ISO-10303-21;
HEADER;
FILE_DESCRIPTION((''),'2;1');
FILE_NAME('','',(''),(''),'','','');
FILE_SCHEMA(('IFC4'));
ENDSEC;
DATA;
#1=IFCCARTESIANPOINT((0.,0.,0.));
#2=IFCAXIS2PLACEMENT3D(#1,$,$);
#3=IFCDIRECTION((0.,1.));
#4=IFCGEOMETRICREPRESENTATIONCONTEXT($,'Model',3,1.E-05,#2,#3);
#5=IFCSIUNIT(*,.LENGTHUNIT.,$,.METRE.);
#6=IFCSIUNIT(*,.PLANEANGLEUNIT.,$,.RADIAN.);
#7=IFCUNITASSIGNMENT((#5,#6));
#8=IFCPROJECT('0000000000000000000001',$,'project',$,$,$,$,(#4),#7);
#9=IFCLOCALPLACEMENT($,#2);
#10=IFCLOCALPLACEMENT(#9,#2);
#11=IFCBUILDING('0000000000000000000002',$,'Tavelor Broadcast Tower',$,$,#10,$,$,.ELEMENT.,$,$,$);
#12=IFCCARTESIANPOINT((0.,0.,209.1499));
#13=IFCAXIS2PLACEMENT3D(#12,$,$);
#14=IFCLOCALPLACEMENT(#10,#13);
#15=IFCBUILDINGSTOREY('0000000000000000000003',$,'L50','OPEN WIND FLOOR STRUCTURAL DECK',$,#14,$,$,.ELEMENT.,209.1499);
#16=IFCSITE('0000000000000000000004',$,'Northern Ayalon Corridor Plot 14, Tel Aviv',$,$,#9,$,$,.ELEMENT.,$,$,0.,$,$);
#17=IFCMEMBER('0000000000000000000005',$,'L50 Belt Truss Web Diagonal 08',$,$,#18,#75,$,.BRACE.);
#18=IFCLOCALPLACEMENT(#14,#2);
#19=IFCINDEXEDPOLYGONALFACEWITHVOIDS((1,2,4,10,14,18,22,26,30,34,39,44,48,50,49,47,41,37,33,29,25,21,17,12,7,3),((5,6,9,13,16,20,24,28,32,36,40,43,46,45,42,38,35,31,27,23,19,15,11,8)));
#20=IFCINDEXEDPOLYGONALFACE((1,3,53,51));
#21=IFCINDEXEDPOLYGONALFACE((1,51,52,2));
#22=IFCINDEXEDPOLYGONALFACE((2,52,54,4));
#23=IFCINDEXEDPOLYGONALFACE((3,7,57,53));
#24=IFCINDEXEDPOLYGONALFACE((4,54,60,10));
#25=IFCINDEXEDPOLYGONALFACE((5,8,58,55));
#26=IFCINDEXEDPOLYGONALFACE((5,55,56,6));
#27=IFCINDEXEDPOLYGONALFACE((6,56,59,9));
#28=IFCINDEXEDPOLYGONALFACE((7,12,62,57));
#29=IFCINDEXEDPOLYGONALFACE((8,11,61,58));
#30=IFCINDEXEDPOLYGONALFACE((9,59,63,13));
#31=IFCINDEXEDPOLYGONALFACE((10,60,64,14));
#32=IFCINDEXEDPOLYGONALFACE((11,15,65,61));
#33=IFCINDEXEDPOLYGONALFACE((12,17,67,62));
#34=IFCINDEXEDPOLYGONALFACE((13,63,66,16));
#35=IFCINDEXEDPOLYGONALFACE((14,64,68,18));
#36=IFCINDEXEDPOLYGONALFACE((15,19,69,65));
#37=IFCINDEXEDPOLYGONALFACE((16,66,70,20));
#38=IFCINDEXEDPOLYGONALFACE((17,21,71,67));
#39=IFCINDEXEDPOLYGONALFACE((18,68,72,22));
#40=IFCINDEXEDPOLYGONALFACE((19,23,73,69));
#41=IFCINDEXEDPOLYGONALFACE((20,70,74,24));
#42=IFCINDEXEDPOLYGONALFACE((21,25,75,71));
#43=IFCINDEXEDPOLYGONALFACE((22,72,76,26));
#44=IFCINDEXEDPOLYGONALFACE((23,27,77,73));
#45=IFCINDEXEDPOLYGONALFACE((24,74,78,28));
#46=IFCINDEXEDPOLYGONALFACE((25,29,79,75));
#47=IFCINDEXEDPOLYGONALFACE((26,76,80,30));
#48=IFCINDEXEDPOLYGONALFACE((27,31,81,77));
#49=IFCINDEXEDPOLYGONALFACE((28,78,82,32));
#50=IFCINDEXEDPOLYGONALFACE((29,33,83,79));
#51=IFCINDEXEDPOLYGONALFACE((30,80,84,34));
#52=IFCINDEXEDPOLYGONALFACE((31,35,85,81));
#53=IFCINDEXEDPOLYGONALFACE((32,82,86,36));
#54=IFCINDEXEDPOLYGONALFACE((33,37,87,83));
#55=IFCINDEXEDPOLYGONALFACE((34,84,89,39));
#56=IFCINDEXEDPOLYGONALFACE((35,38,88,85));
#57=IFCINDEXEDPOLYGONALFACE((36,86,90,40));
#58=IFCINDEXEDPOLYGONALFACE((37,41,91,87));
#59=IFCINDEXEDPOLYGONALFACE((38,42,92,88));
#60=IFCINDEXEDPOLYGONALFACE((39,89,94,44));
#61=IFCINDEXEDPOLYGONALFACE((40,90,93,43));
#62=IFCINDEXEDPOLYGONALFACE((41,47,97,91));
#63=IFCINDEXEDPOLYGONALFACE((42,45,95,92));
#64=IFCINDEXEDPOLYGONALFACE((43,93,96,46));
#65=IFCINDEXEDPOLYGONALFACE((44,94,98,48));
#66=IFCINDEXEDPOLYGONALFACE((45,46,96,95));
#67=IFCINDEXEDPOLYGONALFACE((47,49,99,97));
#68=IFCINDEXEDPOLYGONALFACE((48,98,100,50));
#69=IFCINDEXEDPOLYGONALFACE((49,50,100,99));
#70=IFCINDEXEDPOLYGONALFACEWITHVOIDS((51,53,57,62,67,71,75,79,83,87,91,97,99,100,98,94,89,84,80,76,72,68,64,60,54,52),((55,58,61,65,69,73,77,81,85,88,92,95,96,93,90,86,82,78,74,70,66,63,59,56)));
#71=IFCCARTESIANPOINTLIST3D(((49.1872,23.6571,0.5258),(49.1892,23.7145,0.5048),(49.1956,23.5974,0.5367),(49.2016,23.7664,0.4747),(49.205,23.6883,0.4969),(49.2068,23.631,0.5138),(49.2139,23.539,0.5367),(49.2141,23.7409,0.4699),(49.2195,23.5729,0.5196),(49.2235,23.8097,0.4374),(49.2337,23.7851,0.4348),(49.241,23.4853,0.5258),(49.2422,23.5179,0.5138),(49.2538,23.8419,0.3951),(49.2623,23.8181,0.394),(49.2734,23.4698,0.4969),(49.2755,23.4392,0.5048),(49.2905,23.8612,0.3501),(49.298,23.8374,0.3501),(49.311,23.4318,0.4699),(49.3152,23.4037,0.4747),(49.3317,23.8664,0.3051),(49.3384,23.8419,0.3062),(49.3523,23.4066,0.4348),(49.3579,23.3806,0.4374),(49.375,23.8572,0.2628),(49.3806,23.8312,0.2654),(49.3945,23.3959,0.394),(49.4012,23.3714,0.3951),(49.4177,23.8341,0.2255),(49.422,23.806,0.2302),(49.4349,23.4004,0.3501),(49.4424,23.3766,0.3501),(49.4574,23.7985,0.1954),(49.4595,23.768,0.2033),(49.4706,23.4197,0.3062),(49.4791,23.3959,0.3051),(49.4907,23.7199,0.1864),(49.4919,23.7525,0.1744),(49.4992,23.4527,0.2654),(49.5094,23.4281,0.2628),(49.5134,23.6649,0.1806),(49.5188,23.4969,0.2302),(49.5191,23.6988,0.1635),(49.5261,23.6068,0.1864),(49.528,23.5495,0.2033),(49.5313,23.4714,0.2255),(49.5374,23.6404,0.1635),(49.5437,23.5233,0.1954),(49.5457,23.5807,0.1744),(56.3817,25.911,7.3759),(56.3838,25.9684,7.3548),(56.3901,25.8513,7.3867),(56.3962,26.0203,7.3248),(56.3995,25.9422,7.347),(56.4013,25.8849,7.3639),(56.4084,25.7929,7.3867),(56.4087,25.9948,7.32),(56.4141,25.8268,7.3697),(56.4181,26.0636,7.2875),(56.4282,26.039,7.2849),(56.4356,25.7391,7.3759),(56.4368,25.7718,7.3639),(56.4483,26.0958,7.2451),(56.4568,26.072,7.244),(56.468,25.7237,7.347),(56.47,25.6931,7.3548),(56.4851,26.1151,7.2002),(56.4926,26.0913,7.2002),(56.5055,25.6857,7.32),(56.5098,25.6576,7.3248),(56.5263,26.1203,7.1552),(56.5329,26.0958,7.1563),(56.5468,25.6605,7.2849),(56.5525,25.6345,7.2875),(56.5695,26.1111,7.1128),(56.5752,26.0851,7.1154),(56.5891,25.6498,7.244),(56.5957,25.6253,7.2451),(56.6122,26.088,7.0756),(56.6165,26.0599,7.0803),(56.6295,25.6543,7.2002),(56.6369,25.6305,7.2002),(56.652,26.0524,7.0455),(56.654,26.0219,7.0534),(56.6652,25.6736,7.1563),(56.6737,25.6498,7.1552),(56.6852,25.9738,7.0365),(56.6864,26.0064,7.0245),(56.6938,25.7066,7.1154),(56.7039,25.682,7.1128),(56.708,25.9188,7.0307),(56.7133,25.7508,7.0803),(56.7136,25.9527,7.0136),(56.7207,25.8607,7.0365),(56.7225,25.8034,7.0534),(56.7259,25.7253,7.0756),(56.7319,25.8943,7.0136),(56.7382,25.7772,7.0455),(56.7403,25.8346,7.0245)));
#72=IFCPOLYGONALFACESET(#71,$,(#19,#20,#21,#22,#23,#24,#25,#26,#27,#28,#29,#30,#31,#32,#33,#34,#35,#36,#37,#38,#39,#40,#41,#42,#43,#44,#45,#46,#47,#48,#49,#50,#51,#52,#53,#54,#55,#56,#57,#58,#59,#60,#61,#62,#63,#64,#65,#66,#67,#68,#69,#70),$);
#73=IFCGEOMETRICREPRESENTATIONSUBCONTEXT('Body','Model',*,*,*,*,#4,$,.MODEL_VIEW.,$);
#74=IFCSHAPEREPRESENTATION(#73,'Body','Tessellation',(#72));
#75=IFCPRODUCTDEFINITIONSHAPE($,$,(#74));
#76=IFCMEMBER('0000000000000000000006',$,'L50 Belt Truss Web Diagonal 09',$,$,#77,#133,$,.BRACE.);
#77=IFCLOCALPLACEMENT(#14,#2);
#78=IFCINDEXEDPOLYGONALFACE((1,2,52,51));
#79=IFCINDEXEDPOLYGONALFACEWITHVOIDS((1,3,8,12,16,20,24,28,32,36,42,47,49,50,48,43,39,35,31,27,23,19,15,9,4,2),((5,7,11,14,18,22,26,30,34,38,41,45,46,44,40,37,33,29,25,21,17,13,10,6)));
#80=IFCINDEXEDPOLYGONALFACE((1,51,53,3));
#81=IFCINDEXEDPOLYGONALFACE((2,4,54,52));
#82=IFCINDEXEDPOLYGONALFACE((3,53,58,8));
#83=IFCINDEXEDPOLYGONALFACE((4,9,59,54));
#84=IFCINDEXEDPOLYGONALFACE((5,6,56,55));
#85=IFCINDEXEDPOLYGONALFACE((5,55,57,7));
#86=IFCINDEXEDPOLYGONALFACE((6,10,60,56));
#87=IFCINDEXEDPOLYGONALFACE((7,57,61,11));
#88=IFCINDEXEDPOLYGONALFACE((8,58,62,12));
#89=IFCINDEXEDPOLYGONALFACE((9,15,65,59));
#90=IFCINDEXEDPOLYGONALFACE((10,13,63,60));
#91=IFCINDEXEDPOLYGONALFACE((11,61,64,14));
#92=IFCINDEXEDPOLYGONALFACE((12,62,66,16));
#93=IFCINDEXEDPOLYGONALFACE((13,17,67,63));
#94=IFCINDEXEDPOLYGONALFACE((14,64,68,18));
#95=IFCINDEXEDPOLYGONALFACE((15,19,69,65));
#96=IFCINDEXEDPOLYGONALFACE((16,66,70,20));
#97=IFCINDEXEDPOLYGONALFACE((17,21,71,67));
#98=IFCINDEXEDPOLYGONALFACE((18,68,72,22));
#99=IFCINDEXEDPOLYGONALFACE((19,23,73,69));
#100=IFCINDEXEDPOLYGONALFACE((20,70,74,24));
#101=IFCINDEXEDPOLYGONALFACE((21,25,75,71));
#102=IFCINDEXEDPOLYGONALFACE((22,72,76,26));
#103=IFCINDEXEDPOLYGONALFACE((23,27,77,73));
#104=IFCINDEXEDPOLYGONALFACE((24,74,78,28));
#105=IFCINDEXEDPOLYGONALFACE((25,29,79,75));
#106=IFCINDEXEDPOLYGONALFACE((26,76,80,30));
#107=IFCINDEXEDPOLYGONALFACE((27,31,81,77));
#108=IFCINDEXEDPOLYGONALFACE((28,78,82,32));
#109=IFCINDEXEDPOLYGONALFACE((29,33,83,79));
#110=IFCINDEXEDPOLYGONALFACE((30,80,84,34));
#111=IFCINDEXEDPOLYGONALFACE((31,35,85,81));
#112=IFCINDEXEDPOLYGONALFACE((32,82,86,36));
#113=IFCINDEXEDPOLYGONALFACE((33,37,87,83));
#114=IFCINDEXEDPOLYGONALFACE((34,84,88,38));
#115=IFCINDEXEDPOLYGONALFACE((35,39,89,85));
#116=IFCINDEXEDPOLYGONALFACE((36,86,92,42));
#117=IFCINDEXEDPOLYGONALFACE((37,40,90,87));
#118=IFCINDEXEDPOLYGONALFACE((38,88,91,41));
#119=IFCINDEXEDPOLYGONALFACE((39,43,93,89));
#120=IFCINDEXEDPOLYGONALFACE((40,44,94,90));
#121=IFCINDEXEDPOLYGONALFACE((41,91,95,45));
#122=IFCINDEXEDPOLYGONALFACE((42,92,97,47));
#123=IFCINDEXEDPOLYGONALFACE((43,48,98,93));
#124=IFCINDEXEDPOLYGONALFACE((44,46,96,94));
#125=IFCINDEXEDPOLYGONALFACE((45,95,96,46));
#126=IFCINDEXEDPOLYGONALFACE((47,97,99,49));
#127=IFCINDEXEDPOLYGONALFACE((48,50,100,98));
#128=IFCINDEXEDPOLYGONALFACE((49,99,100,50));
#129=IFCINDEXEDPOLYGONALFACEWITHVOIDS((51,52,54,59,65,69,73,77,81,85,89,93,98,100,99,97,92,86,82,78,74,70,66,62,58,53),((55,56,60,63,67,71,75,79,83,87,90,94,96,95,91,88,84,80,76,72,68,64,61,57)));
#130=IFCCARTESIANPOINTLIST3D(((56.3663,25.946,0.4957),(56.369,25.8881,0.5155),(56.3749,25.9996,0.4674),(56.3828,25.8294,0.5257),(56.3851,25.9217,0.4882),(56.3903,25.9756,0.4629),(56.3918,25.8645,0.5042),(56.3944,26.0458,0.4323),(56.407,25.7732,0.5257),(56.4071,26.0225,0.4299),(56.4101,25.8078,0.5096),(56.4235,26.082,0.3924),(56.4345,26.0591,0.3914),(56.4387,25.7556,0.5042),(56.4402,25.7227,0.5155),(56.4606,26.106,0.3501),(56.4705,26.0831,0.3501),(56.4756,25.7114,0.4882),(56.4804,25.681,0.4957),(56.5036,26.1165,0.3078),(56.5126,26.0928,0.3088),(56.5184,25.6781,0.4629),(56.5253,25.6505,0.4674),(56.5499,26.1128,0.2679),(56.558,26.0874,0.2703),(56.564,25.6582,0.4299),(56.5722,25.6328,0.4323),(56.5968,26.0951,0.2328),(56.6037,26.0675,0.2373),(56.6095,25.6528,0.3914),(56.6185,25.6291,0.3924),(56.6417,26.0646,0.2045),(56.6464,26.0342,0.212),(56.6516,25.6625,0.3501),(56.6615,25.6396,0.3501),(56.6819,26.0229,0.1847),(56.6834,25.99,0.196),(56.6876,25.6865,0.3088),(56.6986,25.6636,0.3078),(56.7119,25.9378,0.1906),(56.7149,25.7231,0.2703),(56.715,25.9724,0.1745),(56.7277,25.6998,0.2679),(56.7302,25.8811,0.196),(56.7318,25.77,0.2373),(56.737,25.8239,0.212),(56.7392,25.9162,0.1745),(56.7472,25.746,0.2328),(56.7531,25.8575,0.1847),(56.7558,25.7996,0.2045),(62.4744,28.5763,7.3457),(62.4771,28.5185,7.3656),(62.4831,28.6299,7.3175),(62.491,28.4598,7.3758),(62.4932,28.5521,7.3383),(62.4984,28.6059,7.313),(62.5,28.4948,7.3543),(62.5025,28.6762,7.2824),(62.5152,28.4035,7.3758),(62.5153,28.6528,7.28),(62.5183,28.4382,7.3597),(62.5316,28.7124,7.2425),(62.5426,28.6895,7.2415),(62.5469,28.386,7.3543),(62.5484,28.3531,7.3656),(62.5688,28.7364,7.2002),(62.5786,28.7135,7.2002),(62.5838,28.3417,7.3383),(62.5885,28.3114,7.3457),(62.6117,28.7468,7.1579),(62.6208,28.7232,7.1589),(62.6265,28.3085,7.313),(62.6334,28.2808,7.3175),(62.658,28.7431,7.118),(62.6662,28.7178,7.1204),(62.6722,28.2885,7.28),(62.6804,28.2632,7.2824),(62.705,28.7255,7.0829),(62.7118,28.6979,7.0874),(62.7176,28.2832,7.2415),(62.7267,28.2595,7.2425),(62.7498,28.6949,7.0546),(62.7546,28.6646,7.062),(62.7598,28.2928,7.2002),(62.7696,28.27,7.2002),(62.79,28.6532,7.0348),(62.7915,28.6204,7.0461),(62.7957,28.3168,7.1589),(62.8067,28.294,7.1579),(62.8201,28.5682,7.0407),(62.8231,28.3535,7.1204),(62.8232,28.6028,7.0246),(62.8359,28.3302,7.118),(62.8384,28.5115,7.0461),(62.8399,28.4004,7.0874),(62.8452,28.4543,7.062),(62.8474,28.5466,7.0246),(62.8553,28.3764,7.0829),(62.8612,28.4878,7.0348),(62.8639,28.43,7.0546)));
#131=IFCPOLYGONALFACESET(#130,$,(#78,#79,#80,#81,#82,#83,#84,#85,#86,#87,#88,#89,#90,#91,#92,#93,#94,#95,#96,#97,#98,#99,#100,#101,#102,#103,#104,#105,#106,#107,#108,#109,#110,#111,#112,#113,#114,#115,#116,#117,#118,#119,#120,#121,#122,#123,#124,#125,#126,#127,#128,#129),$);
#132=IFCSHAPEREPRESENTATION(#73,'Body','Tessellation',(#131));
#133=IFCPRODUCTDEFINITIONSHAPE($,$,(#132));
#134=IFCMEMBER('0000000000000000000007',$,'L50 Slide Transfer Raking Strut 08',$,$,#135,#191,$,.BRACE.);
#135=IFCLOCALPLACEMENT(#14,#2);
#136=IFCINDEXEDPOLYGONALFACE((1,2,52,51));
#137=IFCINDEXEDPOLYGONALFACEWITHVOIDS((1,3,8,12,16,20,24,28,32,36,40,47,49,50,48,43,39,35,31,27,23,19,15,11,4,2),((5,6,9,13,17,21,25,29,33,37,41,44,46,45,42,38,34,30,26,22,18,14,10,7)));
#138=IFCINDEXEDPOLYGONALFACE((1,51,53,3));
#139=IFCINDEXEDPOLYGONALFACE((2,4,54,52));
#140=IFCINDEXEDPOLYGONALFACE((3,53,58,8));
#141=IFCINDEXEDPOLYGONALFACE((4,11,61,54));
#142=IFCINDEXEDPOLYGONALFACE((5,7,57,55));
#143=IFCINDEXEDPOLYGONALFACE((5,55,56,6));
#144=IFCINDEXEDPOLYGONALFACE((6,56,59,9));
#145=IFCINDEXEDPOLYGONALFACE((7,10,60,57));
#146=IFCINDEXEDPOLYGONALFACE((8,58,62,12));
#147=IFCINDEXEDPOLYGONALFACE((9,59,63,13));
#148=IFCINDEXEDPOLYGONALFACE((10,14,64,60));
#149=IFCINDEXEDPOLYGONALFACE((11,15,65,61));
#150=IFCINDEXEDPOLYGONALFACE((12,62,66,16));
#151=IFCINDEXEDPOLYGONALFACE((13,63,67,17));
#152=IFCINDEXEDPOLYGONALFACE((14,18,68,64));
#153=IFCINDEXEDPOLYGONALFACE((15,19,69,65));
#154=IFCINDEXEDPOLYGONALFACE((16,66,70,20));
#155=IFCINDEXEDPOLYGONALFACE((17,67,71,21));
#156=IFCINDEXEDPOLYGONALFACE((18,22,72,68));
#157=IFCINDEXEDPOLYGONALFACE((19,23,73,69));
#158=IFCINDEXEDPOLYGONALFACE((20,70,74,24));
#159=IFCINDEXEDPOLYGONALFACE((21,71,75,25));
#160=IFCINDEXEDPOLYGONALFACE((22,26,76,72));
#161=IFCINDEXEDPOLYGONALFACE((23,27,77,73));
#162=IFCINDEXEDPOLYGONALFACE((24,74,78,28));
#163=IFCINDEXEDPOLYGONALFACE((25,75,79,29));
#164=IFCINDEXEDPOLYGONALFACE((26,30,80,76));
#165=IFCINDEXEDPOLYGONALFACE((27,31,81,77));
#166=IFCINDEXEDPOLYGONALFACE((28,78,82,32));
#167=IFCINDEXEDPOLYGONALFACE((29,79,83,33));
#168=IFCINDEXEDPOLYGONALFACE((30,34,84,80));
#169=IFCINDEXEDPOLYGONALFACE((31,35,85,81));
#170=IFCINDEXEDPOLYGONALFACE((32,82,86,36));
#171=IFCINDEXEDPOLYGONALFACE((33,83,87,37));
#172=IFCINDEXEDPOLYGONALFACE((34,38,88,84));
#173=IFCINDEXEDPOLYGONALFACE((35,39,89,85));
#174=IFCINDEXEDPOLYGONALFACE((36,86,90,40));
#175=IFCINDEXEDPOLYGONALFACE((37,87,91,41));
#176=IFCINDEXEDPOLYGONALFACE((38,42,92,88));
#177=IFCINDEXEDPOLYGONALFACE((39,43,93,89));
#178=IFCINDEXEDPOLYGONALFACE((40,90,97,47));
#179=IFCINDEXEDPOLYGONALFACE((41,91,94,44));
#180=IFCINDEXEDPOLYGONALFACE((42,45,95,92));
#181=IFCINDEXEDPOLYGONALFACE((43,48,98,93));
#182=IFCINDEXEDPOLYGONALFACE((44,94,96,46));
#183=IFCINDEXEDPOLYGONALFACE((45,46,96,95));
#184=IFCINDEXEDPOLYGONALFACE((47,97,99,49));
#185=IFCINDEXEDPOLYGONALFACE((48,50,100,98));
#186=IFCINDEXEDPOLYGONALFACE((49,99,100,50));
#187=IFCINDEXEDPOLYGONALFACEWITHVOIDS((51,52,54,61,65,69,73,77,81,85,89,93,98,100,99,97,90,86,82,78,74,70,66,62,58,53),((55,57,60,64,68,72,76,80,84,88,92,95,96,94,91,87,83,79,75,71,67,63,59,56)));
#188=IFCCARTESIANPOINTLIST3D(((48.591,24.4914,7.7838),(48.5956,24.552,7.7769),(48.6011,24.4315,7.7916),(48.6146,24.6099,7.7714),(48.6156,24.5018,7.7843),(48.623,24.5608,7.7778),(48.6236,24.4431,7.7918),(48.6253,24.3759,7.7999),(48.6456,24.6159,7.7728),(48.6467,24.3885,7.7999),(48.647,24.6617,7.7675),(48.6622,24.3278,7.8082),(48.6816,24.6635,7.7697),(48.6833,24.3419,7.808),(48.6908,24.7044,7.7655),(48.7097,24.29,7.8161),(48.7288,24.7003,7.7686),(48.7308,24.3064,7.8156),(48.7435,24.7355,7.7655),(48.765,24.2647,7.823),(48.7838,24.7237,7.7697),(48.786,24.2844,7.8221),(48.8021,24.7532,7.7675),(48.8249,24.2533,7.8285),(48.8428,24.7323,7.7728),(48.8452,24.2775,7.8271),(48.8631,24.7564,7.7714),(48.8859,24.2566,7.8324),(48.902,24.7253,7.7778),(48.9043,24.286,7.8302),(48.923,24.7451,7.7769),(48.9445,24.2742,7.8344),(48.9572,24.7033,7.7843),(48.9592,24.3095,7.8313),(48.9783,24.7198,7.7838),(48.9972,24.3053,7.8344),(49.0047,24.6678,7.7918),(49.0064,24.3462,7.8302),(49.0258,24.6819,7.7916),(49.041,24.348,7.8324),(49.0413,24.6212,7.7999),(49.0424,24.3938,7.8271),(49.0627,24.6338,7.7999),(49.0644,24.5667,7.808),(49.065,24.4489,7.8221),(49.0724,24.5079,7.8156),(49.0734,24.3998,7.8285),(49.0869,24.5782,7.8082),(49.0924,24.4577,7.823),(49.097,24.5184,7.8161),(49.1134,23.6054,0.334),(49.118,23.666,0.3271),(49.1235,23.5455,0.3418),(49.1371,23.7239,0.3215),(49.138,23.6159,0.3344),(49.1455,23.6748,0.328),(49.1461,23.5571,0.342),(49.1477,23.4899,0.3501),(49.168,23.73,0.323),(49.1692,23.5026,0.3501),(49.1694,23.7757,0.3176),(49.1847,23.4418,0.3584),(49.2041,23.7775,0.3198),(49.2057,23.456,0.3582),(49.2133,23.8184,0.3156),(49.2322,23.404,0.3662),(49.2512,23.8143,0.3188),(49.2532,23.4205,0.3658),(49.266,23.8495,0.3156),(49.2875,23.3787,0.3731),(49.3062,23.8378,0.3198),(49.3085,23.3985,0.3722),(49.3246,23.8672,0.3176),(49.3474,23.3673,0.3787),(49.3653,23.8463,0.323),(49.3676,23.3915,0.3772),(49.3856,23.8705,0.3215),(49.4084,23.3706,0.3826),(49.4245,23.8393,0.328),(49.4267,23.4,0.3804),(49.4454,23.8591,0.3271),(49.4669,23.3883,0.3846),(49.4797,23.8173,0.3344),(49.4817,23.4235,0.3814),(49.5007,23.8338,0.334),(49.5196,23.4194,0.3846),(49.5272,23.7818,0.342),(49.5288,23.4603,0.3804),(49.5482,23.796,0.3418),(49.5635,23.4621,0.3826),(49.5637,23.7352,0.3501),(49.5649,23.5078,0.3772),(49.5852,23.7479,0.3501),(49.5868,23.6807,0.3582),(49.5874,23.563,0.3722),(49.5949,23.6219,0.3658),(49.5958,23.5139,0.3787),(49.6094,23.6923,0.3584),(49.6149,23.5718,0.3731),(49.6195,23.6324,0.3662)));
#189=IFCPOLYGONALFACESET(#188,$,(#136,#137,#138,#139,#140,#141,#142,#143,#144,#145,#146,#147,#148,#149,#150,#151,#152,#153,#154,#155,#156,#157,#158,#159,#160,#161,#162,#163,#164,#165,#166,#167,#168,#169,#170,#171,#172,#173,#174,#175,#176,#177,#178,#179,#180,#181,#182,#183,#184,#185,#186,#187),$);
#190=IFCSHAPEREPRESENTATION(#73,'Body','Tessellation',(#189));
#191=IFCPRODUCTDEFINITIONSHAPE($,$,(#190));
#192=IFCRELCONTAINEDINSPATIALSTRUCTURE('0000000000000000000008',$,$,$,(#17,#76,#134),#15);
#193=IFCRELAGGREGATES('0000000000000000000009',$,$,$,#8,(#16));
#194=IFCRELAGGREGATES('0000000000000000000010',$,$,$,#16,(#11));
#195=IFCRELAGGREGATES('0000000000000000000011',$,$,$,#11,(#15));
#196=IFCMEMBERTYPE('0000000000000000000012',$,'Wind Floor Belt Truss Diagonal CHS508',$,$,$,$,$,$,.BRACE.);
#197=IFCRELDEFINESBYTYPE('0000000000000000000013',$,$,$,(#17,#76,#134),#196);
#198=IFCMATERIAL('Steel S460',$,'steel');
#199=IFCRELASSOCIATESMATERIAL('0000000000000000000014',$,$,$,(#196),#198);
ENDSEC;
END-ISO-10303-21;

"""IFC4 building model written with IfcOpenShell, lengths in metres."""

from ifc_helpers import new_model, si_unit, direction, frame, origin, origin_2d, place, context, subcontext, project, spatial, hollow_circle, extrude, material, material_profile, profile_set, type_object, element, save


model = new_model("IFC4")

# Units and contexts
model_context = context("Model", 3, precision=1e-05, world=origin(), true_north=direction((0.0, 1.0)))
body_context = subcontext(model_context, "Body", "Model", "MODEL_VIEW")
ifc_project = project(units=[si_unit("LENGTHUNIT", "METRE"), si_unit("PLANEANGLEUNIT", "RADIAN")], contexts=[model_context])

# Site, building, storey
site_placement = place(None, origin())
site = spatial("IfcSite", under=ifc_project, at=site_placement, Name="Northern Ayalon Corridor Plot 14, Tel Aviv", CompositionType="ELEMENT", RefElevation=0.0)
building_placement = place(site_placement, origin())
building = spatial("IfcBuilding", under=site, at=building_placement, Name="Tavelor Broadcast Tower", CompositionType="ELEMENT")
storey_placement = place(building_placement, frame((0.0, 0.0, 209.1499)))
storey = spatial("IfcBuildingStorey", under=building, at=storey_placement, Name="L50", Description="OPEN WIND FLOOR STRUCTURAL DECK", CompositionType="ELEMENT", Elevation=209.1499)

# Shared definitions
ifc_material_1 = material(Name="Steel S460", Category="steel")

# Members
ifc_material_profile_1 = material_profile(ifc_material_1, hollow_circle(Radius=0.2539, WallThickness=0.0249, at=origin_2d()), Name="CHS 508x25")
ifc_profile_set_1 = profile_set([ifc_material_profile_1], Name="Steel S460")
member_type_1 = type_object("IfcMemberType", Name="Wind Floor Belt Truss Diagonal CHS508", PredefinedType="BRACE", material=ifc_profile_set_1)
member_1_placement = place(storey_placement, frame((49.3665, 23.6189, 0.3501), z_axis=(0.706282, 0.221263, 0.672465), x_axis=(-0.298952, 0.954268, 0.0)))
element("IfcMember", 1, at=member_1_placement, inside=storey, type_object=member_type_1, Name="L50 Belt Truss Web Diagonal 08", PredefinedType="BRACE", context=body_context, shape_type="SweptSolid", body=[
    extrude(hollow_circle(Radius=0.2539, WallThickness=0.0249, at=origin_2d()), origin(), (0.0, 0.0, 1.0), 10.1865),
])
member_2_placement = place(storey_placement, frame((56.561, 25.8728, 0.3501), z_axis=(0.639774, 0.275507, 0.717485), x_axis=(-0.395518, 0.918458, 0.0)))
element("IfcMember", 2, at=member_2_placement, inside=storey, type_object=member_type_1, Name="L50 Belt Truss Web Diagonal 09", PredefinedType="BRACE", context=body_context, shape_type="SweptSolid", body=[
    extrude(hollow_circle(Radius=0.2539, WallThickness=0.0249, at=origin_2d()), origin(), (0.0, 0.0, 1.0), 9.5474),
])
member_3_placement = place(storey_placement, frame((49.3665, 23.6189, 0.3501), z_axis=(-0.06947, 0.117808, 0.990603), x_axis=(-0.861385, -0.507953, 0.0)))
element("IfcMember", 3, at=member_3_placement, inside=storey, type_object=member_type_1, Name="L50 Slide Transfer Raking Strut 08", PredefinedType="BRACE", context=body_context, shape_type="SweptSolid", body=[
    extrude(hollow_circle(Radius=0.2539, WallThickness=0.0249, at=origin_2d()), origin(), (0.0, 0.0, 1.0), 7.5205),
])

save(model, "model.ifc")
